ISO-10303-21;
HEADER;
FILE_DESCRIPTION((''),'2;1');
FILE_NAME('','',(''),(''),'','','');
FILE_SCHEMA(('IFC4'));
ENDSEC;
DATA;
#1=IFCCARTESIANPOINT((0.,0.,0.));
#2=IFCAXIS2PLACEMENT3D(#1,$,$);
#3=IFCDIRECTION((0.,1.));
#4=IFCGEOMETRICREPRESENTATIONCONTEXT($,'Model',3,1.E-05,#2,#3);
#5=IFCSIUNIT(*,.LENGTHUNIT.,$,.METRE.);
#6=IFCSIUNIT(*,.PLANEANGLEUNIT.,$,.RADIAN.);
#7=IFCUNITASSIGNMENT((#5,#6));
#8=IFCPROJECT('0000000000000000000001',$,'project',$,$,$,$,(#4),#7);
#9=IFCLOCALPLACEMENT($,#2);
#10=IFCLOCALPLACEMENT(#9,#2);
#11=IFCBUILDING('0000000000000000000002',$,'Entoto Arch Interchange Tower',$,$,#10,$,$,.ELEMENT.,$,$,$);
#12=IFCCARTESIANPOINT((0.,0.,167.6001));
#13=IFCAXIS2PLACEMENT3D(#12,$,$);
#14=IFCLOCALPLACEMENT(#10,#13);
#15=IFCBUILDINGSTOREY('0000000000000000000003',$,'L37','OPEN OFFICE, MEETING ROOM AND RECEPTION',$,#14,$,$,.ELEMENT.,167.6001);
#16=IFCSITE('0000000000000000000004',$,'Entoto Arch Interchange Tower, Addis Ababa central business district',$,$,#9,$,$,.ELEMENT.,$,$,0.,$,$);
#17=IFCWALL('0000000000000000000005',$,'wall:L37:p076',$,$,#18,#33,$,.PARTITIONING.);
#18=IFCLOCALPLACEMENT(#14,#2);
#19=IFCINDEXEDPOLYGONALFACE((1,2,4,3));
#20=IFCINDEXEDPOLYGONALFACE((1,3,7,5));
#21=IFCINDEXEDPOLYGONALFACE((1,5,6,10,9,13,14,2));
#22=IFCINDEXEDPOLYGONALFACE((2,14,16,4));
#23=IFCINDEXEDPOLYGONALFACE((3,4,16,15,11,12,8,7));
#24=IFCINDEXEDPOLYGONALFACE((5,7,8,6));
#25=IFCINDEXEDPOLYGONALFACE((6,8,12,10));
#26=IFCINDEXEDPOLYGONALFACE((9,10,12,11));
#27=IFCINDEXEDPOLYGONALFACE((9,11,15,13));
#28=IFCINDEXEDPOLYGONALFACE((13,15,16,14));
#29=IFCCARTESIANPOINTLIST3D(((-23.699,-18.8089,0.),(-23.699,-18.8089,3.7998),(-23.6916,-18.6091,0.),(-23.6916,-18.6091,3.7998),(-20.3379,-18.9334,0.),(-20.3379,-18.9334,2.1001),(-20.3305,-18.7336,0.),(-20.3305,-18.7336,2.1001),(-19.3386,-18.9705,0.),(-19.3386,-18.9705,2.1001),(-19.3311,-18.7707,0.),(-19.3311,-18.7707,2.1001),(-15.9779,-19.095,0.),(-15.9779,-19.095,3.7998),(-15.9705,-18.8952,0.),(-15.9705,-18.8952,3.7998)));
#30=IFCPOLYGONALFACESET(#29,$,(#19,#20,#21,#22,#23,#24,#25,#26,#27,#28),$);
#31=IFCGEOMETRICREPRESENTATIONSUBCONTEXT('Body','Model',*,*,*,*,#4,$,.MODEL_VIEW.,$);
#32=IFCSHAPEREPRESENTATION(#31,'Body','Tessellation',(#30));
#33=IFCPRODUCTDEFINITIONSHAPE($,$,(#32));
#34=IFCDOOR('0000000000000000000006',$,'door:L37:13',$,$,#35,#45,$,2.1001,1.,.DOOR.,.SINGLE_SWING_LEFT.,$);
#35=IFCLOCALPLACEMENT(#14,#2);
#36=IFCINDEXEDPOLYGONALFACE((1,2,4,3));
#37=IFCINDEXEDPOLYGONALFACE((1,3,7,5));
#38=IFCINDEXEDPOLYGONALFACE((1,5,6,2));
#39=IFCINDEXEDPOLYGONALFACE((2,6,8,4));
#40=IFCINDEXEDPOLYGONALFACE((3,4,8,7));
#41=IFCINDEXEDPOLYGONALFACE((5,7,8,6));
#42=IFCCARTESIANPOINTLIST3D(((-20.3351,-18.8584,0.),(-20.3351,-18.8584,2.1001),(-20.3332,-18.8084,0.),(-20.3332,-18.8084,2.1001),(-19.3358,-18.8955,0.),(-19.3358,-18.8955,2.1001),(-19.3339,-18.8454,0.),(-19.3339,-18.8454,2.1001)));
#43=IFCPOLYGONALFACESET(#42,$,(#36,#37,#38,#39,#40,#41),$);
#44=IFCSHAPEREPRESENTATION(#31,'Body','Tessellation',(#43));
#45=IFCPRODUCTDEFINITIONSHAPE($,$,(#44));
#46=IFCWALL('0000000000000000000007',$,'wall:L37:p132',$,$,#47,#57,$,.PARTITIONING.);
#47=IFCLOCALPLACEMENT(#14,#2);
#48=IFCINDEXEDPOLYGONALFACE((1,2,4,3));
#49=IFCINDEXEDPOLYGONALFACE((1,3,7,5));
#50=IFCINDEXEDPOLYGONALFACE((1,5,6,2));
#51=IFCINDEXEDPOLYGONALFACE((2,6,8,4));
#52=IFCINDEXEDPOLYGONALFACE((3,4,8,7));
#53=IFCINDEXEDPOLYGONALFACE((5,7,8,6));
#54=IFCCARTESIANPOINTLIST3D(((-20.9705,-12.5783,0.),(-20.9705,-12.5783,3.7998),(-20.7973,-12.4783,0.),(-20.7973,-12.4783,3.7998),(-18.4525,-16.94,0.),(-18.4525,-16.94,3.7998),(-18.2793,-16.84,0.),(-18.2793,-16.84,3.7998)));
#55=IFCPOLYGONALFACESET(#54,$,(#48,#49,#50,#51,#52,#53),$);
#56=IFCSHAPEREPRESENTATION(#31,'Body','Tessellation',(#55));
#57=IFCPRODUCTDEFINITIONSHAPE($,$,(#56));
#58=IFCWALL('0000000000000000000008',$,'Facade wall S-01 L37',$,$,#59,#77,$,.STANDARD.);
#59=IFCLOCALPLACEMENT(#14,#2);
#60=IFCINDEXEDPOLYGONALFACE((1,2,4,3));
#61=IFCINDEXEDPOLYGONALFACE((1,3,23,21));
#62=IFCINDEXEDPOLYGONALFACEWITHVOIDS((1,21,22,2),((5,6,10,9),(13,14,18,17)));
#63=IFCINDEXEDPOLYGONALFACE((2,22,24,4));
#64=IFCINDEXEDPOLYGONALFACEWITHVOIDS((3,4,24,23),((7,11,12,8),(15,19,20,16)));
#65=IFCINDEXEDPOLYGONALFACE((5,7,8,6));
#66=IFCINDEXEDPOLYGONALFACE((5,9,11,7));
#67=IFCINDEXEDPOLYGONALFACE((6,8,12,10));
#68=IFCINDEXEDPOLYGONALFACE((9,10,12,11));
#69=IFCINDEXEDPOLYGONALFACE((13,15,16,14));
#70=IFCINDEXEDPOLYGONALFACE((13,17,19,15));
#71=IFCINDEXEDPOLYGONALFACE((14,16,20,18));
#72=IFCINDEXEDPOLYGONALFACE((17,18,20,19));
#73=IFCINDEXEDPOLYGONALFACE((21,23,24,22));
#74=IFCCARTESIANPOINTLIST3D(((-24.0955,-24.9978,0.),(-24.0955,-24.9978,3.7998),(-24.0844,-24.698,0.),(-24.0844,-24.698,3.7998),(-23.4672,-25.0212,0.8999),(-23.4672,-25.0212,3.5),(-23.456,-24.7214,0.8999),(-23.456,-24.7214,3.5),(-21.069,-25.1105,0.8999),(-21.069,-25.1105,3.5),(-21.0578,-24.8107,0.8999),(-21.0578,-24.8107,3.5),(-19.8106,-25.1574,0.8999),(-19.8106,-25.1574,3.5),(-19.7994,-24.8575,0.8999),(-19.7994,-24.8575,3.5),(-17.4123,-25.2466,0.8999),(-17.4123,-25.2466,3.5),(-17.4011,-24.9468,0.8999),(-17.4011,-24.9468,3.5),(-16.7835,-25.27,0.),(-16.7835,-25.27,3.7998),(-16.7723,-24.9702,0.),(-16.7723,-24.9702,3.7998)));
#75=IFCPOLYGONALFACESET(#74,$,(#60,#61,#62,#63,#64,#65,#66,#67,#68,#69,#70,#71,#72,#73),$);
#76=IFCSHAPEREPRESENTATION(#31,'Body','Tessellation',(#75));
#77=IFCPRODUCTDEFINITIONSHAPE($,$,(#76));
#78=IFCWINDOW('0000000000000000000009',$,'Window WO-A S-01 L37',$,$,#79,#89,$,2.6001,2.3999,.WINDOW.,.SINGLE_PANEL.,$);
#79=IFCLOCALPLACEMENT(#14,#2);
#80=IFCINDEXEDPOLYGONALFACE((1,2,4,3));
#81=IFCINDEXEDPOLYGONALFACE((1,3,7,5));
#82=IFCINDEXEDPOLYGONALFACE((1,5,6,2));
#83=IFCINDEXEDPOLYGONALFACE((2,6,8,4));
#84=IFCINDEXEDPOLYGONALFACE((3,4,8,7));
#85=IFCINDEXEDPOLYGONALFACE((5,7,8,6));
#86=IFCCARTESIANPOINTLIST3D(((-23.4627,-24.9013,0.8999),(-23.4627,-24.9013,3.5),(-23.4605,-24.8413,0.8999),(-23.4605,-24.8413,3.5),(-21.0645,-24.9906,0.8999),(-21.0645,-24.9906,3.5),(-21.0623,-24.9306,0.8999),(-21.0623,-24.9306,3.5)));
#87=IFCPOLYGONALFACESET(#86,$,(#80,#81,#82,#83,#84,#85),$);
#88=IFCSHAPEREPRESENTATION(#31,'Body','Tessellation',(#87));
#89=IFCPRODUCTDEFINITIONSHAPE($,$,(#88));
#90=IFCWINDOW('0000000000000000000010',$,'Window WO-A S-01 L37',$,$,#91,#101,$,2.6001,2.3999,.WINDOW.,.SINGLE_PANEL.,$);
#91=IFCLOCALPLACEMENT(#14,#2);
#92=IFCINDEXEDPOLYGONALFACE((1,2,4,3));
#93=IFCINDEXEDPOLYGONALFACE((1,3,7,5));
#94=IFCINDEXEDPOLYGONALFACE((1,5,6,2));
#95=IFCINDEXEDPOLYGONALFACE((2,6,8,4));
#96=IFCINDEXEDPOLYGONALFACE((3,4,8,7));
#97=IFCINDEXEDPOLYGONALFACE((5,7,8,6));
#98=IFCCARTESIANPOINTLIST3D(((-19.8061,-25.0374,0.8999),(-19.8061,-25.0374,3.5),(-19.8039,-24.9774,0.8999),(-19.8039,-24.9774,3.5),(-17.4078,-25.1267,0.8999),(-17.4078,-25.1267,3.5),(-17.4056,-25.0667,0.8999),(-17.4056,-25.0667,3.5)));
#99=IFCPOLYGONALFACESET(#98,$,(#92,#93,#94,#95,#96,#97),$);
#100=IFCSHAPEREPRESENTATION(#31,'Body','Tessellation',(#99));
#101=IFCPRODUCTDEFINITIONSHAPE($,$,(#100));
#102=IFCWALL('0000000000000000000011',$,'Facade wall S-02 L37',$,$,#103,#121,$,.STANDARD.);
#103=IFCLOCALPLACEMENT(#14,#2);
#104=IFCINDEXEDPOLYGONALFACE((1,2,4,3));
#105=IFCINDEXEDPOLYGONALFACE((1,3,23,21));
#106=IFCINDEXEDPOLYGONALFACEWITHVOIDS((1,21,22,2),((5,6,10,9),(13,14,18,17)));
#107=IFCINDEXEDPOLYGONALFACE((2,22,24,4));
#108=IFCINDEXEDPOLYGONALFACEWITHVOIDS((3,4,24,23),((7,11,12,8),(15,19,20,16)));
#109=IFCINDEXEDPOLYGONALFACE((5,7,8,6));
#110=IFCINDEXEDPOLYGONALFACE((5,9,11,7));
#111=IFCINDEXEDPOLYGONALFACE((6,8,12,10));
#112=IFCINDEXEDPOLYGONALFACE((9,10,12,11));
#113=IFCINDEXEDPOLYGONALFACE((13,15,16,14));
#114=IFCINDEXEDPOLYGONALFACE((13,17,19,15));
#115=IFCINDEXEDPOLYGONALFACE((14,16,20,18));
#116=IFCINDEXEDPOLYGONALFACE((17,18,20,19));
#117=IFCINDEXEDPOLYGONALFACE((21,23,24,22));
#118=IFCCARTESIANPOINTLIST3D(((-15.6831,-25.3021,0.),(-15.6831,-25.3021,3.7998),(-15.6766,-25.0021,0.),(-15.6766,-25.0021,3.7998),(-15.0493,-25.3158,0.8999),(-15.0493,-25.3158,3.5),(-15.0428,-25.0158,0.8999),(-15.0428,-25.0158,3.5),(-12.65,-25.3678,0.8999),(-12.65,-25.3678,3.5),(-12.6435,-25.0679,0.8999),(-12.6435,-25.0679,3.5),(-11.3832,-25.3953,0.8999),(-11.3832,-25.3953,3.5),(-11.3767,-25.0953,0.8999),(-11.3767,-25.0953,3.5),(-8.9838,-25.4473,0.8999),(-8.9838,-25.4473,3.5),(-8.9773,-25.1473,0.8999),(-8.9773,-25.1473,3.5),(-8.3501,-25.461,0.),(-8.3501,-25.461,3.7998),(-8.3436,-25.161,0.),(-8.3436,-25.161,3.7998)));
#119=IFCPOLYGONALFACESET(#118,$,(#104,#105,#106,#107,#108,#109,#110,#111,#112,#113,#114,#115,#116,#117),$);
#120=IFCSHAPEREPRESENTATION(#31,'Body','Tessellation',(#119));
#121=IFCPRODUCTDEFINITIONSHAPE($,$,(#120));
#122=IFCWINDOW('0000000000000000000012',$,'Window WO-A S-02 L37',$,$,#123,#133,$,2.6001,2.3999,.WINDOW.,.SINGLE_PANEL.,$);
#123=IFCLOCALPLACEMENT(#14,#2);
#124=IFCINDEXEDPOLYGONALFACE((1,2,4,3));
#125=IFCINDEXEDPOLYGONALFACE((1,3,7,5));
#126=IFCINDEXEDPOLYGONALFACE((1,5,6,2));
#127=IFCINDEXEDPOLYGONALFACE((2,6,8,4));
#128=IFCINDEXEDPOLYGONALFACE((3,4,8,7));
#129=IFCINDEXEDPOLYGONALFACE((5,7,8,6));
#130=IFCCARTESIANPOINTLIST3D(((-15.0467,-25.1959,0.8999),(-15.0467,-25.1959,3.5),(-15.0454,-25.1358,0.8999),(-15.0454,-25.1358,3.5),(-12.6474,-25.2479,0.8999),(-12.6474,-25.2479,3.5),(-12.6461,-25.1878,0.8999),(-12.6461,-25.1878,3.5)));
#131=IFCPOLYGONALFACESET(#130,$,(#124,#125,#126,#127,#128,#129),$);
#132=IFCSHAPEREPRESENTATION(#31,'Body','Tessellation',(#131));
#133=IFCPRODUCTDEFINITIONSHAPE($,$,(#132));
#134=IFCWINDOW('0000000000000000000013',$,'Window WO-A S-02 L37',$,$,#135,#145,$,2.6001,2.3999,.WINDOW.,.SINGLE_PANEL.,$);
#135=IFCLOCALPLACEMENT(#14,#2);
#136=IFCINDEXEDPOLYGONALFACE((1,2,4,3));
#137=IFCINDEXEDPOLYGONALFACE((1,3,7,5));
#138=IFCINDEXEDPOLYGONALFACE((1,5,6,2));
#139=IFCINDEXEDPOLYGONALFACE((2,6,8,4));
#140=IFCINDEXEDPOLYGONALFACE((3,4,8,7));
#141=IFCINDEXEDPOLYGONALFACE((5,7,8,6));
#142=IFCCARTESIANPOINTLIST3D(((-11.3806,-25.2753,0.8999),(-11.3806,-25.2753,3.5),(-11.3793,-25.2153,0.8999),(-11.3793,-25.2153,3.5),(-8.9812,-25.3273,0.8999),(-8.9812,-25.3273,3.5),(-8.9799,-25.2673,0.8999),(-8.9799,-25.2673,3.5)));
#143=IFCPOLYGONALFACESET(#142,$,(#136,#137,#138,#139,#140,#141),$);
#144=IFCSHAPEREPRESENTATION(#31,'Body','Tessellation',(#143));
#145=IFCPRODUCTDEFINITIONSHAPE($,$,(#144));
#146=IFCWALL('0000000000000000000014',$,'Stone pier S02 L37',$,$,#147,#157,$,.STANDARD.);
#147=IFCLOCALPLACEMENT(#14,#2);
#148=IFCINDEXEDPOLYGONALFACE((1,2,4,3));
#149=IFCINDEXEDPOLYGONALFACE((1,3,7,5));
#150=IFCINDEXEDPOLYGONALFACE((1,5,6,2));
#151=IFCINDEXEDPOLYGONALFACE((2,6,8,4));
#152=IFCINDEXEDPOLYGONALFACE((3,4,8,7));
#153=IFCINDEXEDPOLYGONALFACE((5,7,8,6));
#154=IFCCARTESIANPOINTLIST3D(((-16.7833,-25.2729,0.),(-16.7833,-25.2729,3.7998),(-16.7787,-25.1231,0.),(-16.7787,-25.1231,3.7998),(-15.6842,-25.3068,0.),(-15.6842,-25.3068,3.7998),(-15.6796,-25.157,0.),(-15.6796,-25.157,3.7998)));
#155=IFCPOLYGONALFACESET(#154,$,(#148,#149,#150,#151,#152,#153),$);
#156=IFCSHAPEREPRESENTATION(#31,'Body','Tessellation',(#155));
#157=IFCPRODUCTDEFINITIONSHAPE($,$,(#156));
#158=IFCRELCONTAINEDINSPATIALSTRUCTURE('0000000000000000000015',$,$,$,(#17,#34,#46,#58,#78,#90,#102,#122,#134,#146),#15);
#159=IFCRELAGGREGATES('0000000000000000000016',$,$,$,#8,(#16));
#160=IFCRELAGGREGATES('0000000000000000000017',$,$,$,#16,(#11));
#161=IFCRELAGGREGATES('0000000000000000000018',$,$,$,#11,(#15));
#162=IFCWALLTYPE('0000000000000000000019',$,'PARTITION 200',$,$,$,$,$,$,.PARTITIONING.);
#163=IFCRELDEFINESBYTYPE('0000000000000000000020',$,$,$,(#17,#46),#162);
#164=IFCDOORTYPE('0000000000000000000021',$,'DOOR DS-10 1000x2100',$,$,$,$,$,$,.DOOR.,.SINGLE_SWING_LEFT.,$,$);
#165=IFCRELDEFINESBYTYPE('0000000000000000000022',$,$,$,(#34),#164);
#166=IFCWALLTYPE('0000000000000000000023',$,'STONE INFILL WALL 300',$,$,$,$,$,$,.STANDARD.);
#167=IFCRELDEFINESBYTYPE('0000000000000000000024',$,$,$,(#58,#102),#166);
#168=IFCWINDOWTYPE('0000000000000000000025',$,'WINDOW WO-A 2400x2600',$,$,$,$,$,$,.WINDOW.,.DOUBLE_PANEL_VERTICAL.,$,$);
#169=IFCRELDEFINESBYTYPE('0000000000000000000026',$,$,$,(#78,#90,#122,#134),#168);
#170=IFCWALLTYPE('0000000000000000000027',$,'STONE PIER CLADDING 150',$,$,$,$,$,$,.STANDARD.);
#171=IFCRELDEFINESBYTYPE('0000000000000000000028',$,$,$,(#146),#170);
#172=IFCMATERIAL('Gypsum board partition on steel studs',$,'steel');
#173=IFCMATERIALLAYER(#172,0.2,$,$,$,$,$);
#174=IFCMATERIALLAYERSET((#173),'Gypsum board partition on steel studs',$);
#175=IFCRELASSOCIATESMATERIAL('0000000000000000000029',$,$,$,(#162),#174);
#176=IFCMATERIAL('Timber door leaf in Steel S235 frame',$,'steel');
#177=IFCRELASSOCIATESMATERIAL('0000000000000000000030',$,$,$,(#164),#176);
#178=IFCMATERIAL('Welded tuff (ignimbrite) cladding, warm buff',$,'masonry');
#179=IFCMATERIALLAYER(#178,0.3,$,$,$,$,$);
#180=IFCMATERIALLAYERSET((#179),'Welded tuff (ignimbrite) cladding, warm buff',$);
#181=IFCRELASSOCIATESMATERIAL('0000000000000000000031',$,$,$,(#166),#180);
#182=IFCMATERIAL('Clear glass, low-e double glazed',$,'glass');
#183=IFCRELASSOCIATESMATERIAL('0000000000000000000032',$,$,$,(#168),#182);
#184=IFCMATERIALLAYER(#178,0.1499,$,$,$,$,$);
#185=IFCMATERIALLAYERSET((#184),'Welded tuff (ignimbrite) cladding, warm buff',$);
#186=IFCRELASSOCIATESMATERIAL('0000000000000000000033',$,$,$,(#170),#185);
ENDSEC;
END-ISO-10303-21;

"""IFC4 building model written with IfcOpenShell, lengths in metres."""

from ifc_helpers import new_model, si_unit, direction, frame, frame_2d, origin, place, context, subcontext, project, spatial, rectangle, extrude, material, layer, layer_set, type_object, element, fill, save


model = new_model("IFC4")

# Units and contexts
model_context = context("Model", 3, precision=1e-05, world=origin(), true_north=direction((0.0, 1.0)))
body_context = subcontext(model_context, "Body", "Model", "MODEL_VIEW")
ifc_project = project(units=[si_unit("LENGTHUNIT", "METRE"), si_unit("PLANEANGLEUNIT", "RADIAN")], contexts=[model_context])

# Site, building, storey
site_placement = place(None, origin())
site = spatial("IfcSite", under=ifc_project, at=site_placement, Name="Entoto Arch Interchange Tower, Addis Ababa central business district", CompositionType="ELEMENT", RefElevation=0.0)
building_placement = place(site_placement, origin())
building = spatial("IfcBuilding", under=site, at=building_placement, Name="Entoto Arch Interchange Tower", CompositionType="ELEMENT")
storey_placement = place(building_placement, frame((0.0, 0.0, 167.6001)))
storey = spatial("IfcBuildingStorey", under=building, at=storey_placement, Name="L37", Description="OPEN OFFICE, MEETING ROOM AND RECEPTION", CompositionType="ELEMENT", Elevation=167.6001)

# Shared definitions
ifc_material_1 = material(Name="Gypsum board partition on steel studs", Category="steel")
ifc_layer_1 = layer(ifc_material_1, 0.2)
ifc_layer_set_1 = layer_set([ifc_layer_1], Name="Gypsum board partition on steel studs")
wall_type_1 = type_object("IfcWallType", Name="PARTITION 200", PredefinedType="PARTITIONING", material=ifc_layer_set_1)

# Wall, opening, door
ifc_material_2 = material(Name="Timber door leaf in Steel S235 frame", Category="steel")
door_type = type_object("IfcDoorType", Name="DOOR DS-10 1000x2100", OperationType="SINGLE_SWING_LEFT", PredefinedType="DOOR", material=ifc_material_2)
wall_1_placement = place(storey_placement, frame((-15.9741, -18.9951, 0.0), z_axis=(0.0, 0.0, 1.0), x_axis=(-0.999314, 0.037034, 0.0)))
wall_1 = element("IfcWall", 1, at=wall_1_placement, inside=storey, type_object=wall_type_1, Name="wall:L37:p076", PredefinedType="PARTITIONING", context=body_context, shape_type="SweptSolid", body=[
    extrude(rectangle(XDim=7.7263, YDim=0.2, at=frame_2d((3.8633, 0.0))), origin(), (0.0, 0.0, 1.0), 3.7998),
])
opening_1_placement = place(wall_1_placement, frame((3.363, 0.0, 0.0)))
opening_1 = element("IfcOpeningElement", 2, at=opening_1_placement, cuts=wall_1, PredefinedType="OPENING", context=body_context, shape_type="SweptSolid", body=[
    extrude(rectangle(XDim=1.0, YDim=2.1001, at=frame_2d((0.5, 1.05))), frame((0.0, 0.1099, 0.0), z_axis=(0.0, -1.0, 0.0), x_axis=(1.0, 0.0, 0.0)), (0.0, 0.0, 1.0), 0.22),
])
door_1_placement = place(opening_1_placement, origin())
door_1 = element("IfcDoor", 3, at=door_1_placement, inside=storey, type_object=door_type, Name="door:L37:13", OperationType="SINGLE_SWING_LEFT", OverallHeight=2.1001, OverallWidth=1.0, PredefinedType="DOOR", context=body_context, shape_type="SweptSolid", body=[
    extrude(rectangle(XDim=1.0, YDim=2.1001, at=frame_2d((0.5, 1.05))), frame((0.0, 0.0249, 0.0), z_axis=(0.0, -1.0, 0.0), x_axis=(1.0, 0.0, 0.0)), (0.0, 0.0, 1.0), 0.05),
])
fill(opening_1, door_1)

# Wall
wall_2_placement = place(storey_placement, frame((-18.366, -16.8899, 0.0), z_axis=(0.0, 0.0, 1.0), x_axis=(-0.499966, 0.866045, 0.0)))
element("IfcWall", 4, at=wall_2_placement, inside=storey, type_object=wall_type_1, Name="wall:L37:p132", PredefinedType="PARTITIONING", context=body_context, shape_type="SweptSolid", body=[
    extrude(rectangle(XDim=5.0364, YDim=0.2, at=frame_2d((2.5181, 0.0))), origin(), (0.0, 0.0, 1.0), 3.7998),
])

# Walls, openings, windows
ifc_material_3 = material(Name="Welded tuff (ignimbrite) cladding, warm buff", Category="masonry")
ifc_layer_2 = layer(ifc_material_3, 0.3)
ifc_layer_set_2 = layer_set([ifc_layer_2], Name="Welded tuff (ignimbrite) cladding, warm buff")
wall_type_2 = type_object("IfcWallType", Name="STONE INFILL WALL 300", PredefinedType="STANDARD", material=ifc_layer_set_2)
wall_3_placement = place(storey_placement, frame((-24.0901, -24.8479, 0.0), z_axis=(0.0, 0.0, 1.0), x_axis=(0.999308, -0.037203, 0.0)))
wall_3 = element("IfcWall", 5, at=wall_3_placement, inside=storey, type_object=wall_type_2, Name="Facade wall S-01 L37", PredefinedType="STANDARD", context=body_context, shape_type="SweptSolid", body=[
    extrude(rectangle(XDim=7.3171, YDim=0.3, at=frame_2d((3.6587, 0.0))), origin(), (0.0, 0.0, 1.0), 3.7998),
])
opening_2_placement = place(wall_3_placement, frame((0.6289, 0.0, 0.8999)))
opening_2 = element("IfcOpeningElement", 6, at=opening_2_placement, cuts=wall_3, PredefinedType="OPENING", context=body_context, shape_type="SweptSolid", body=[
    extrude(rectangle(XDim=2.3999, YDim=2.6001, at=frame_2d((1.2, 1.3))), frame((0.0, 0.1602, 0.0), z_axis=(0.0, -1.0, 0.0), x_axis=(1.0, 0.0, 0.0)), (0.0, 0.0, 1.0), 0.3201),
])
opening_3_placement = place(wall_3_placement, frame((4.2881, 0.0, 0.8999)))
opening_3 = element("IfcOpeningElement", 7, at=opening_3_placement, cuts=wall_3, PredefinedType="OPENING", context=body_context, shape_type="SweptSolid", body=[
    extrude(rectangle(XDim=2.3999, YDim=2.6001, at=frame_2d((1.2, 1.3))), frame((0.0, 0.1602, 0.0), z_axis=(0.0, -1.0, 0.0), x_axis=(1.0, 0.0, 0.0)), (0.0, 0.0, 1.0), 0.3201),
])
ifc_material_4 = material(Name="Clear glass, low-e double glazed", Category="glass")
window_type = type_object("IfcWindowType", Name="WINDOW WO-A 2400x2600", PartitioningType="DOUBLE_PANEL_VERTICAL", PredefinedType="WINDOW", material=ifc_material_4)
window_1_placement = place(opening_2_placement, origin())
window_1 = element("IfcWindow", 8, at=window_1_placement, inside=storey, type_object=window_type, Name="Window WO-A S-01 L37", OverallHeight=2.6001, OverallWidth=2.3999, PartitioningType="SINGLE_PANEL", PredefinedType="WINDOW", context=body_context, shape_type="SweptSolid", body=[
    extrude(rectangle(XDim=2.3999, YDim=2.6001, at=frame_2d((1.2, 1.3))), frame((0.0, 0.03, 0.0), z_axis=(0.0, -1.0, 0.0), x_axis=(1.0, 0.0, 0.0)), (0.0, 0.0, 1.0), 0.0601),
])
fill(opening_2, window_1)
window_2_placement = place(opening_3_placement, origin())
window_2 = element("IfcWindow", 9, at=window_2_placement, inside=storey, type_object=window_type, Name="Window WO-A S-01 L37", OverallHeight=2.6001, OverallWidth=2.3999, PartitioningType="SINGLE_PANEL", PredefinedType="WINDOW", context=body_context, shape_type="SweptSolid", body=[
    extrude(rectangle(XDim=2.3999, YDim=2.6001, at=frame_2d((1.2, 1.3))), frame((0.0, 0.03, 0.0), z_axis=(0.0, -1.0, 0.0), x_axis=(1.0, 0.0, 0.0)), (0.0, 0.0, 1.0), 0.0601),
])
fill(opening_3, window_2)
wall_4_placement = place(storey_placement, frame((-15.6799, -25.1521, 0.0), z_axis=(0.0, 0.0, 1.0), x_axis=(0.999765, -0.021669, 0.0)))
wall_4 = element("IfcWall", 10, at=wall_4_placement, inside=storey, type_object=wall_type_2, Name="Facade wall S-02 L37", PredefinedType="STANDARD", context=body_context, shape_type="SweptSolid", body=[
    extrude(rectangle(XDim=7.3347, YDim=0.3, at=frame_2d((3.6675, 0.0))), origin(), (0.0, 0.0, 1.0), 3.7998),
])
opening_4_placement = place(wall_4_placement, frame((0.634, 0.0, 0.8999)))
opening_4 = element("IfcOpeningElement", 11, at=opening_4_placement, cuts=wall_4, PredefinedType="OPENING", context=body_context, shape_type="SweptSolid", body=[
    extrude(rectangle(XDim=2.3999, YDim=2.6001, at=frame_2d((1.2, 1.3))), frame((0.0, 0.1602, 0.0), z_axis=(0.0, -1.0, 0.0), x_axis=(1.0, 0.0, 0.0)), (0.0, 0.0, 1.0), 0.3201),
])
opening_5_placement = place(wall_4_placement, frame((4.301, 0.0, 0.8999)))
opening_5 = element("IfcOpeningElement", 12, at=opening_5_placement, cuts=wall_4, PredefinedType="OPENING", context=body_context, shape_type="SweptSolid", body=[
    extrude(rectangle(XDim=2.3999, YDim=2.6001, at=frame_2d((1.2, 1.3))), frame((0.0, 0.1602, 0.0), z_axis=(0.0, -1.0, 0.0), x_axis=(1.0, 0.0, 0.0)), (0.0, 0.0, 1.0), 0.3201),
])
window_3_placement = place(opening_4_placement, origin())
window_3 = element("IfcWindow", 13, at=window_3_placement, inside=storey, type_object=window_type, Name="Window WO-A S-02 L37", OverallHeight=2.6001, OverallWidth=2.3999, PartitioningType="SINGLE_PANEL", PredefinedType="WINDOW", context=body_context, shape_type="SweptSolid", body=[
    extrude(rectangle(XDim=2.3999, YDim=2.6001, at=frame_2d((1.2, 1.3))), frame((0.0, 0.03, 0.0), z_axis=(0.0, -1.0, 0.0), x_axis=(1.0, 0.0, 0.0)), (0.0, 0.0, 1.0), 0.0601),
])
fill(opening_4, window_3)
window_4_placement = place(opening_5_placement, origin())
window_4 = element("IfcWindow", 14, at=window_4_placement, inside=storey, type_object=window_type, Name="Window WO-A S-02 L37", OverallHeight=2.6001, OverallWidth=2.3999, PartitioningType="SINGLE_PANEL", PredefinedType="WINDOW", context=body_context, shape_type="SweptSolid", body=[
    extrude(rectangle(XDim=2.3999, YDim=2.6001, at=frame_2d((1.2, 1.3))), frame((0.0, 0.03, 0.0), z_axis=(0.0, -1.0, 0.0), x_axis=(1.0, 0.0, 0.0)), (0.0, 0.0, 1.0), 0.0601),
])
fill(opening_5, window_4)

# Wall
ifc_layer_3 = layer(ifc_material_3, 0.1499)
ifc_layer_set_3 = layer_set([ifc_layer_3], Name="Welded tuff (ignimbrite) cladding, warm buff")
wall_type_3 = type_object("IfcWallType", Name="STONE PIER CLADDING 150", PredefinedType="STANDARD", material=ifc_layer_set_3)
wall_5_placement = place(storey_placement, frame((-16.781, -25.198, 0.0), z_axis=(0.0, 0.0, 1.0), x_axis=(0.999524, -0.03086, 0.0)))
element("IfcWall", 15, at=wall_5_placement, inside=storey, type_object=wall_type_3, Name="Stone pier S02 L37", PredefinedType="STANDARD", context=body_context, shape_type="SweptSolid", body=[
    extrude(rectangle(XDim=1.0996, YDim=0.1499, at=frame_2d((0.5498, 0.0))), origin(), (0.0, 0.0, 1.0), 3.7998),
])

save(model, "model.ifc")
